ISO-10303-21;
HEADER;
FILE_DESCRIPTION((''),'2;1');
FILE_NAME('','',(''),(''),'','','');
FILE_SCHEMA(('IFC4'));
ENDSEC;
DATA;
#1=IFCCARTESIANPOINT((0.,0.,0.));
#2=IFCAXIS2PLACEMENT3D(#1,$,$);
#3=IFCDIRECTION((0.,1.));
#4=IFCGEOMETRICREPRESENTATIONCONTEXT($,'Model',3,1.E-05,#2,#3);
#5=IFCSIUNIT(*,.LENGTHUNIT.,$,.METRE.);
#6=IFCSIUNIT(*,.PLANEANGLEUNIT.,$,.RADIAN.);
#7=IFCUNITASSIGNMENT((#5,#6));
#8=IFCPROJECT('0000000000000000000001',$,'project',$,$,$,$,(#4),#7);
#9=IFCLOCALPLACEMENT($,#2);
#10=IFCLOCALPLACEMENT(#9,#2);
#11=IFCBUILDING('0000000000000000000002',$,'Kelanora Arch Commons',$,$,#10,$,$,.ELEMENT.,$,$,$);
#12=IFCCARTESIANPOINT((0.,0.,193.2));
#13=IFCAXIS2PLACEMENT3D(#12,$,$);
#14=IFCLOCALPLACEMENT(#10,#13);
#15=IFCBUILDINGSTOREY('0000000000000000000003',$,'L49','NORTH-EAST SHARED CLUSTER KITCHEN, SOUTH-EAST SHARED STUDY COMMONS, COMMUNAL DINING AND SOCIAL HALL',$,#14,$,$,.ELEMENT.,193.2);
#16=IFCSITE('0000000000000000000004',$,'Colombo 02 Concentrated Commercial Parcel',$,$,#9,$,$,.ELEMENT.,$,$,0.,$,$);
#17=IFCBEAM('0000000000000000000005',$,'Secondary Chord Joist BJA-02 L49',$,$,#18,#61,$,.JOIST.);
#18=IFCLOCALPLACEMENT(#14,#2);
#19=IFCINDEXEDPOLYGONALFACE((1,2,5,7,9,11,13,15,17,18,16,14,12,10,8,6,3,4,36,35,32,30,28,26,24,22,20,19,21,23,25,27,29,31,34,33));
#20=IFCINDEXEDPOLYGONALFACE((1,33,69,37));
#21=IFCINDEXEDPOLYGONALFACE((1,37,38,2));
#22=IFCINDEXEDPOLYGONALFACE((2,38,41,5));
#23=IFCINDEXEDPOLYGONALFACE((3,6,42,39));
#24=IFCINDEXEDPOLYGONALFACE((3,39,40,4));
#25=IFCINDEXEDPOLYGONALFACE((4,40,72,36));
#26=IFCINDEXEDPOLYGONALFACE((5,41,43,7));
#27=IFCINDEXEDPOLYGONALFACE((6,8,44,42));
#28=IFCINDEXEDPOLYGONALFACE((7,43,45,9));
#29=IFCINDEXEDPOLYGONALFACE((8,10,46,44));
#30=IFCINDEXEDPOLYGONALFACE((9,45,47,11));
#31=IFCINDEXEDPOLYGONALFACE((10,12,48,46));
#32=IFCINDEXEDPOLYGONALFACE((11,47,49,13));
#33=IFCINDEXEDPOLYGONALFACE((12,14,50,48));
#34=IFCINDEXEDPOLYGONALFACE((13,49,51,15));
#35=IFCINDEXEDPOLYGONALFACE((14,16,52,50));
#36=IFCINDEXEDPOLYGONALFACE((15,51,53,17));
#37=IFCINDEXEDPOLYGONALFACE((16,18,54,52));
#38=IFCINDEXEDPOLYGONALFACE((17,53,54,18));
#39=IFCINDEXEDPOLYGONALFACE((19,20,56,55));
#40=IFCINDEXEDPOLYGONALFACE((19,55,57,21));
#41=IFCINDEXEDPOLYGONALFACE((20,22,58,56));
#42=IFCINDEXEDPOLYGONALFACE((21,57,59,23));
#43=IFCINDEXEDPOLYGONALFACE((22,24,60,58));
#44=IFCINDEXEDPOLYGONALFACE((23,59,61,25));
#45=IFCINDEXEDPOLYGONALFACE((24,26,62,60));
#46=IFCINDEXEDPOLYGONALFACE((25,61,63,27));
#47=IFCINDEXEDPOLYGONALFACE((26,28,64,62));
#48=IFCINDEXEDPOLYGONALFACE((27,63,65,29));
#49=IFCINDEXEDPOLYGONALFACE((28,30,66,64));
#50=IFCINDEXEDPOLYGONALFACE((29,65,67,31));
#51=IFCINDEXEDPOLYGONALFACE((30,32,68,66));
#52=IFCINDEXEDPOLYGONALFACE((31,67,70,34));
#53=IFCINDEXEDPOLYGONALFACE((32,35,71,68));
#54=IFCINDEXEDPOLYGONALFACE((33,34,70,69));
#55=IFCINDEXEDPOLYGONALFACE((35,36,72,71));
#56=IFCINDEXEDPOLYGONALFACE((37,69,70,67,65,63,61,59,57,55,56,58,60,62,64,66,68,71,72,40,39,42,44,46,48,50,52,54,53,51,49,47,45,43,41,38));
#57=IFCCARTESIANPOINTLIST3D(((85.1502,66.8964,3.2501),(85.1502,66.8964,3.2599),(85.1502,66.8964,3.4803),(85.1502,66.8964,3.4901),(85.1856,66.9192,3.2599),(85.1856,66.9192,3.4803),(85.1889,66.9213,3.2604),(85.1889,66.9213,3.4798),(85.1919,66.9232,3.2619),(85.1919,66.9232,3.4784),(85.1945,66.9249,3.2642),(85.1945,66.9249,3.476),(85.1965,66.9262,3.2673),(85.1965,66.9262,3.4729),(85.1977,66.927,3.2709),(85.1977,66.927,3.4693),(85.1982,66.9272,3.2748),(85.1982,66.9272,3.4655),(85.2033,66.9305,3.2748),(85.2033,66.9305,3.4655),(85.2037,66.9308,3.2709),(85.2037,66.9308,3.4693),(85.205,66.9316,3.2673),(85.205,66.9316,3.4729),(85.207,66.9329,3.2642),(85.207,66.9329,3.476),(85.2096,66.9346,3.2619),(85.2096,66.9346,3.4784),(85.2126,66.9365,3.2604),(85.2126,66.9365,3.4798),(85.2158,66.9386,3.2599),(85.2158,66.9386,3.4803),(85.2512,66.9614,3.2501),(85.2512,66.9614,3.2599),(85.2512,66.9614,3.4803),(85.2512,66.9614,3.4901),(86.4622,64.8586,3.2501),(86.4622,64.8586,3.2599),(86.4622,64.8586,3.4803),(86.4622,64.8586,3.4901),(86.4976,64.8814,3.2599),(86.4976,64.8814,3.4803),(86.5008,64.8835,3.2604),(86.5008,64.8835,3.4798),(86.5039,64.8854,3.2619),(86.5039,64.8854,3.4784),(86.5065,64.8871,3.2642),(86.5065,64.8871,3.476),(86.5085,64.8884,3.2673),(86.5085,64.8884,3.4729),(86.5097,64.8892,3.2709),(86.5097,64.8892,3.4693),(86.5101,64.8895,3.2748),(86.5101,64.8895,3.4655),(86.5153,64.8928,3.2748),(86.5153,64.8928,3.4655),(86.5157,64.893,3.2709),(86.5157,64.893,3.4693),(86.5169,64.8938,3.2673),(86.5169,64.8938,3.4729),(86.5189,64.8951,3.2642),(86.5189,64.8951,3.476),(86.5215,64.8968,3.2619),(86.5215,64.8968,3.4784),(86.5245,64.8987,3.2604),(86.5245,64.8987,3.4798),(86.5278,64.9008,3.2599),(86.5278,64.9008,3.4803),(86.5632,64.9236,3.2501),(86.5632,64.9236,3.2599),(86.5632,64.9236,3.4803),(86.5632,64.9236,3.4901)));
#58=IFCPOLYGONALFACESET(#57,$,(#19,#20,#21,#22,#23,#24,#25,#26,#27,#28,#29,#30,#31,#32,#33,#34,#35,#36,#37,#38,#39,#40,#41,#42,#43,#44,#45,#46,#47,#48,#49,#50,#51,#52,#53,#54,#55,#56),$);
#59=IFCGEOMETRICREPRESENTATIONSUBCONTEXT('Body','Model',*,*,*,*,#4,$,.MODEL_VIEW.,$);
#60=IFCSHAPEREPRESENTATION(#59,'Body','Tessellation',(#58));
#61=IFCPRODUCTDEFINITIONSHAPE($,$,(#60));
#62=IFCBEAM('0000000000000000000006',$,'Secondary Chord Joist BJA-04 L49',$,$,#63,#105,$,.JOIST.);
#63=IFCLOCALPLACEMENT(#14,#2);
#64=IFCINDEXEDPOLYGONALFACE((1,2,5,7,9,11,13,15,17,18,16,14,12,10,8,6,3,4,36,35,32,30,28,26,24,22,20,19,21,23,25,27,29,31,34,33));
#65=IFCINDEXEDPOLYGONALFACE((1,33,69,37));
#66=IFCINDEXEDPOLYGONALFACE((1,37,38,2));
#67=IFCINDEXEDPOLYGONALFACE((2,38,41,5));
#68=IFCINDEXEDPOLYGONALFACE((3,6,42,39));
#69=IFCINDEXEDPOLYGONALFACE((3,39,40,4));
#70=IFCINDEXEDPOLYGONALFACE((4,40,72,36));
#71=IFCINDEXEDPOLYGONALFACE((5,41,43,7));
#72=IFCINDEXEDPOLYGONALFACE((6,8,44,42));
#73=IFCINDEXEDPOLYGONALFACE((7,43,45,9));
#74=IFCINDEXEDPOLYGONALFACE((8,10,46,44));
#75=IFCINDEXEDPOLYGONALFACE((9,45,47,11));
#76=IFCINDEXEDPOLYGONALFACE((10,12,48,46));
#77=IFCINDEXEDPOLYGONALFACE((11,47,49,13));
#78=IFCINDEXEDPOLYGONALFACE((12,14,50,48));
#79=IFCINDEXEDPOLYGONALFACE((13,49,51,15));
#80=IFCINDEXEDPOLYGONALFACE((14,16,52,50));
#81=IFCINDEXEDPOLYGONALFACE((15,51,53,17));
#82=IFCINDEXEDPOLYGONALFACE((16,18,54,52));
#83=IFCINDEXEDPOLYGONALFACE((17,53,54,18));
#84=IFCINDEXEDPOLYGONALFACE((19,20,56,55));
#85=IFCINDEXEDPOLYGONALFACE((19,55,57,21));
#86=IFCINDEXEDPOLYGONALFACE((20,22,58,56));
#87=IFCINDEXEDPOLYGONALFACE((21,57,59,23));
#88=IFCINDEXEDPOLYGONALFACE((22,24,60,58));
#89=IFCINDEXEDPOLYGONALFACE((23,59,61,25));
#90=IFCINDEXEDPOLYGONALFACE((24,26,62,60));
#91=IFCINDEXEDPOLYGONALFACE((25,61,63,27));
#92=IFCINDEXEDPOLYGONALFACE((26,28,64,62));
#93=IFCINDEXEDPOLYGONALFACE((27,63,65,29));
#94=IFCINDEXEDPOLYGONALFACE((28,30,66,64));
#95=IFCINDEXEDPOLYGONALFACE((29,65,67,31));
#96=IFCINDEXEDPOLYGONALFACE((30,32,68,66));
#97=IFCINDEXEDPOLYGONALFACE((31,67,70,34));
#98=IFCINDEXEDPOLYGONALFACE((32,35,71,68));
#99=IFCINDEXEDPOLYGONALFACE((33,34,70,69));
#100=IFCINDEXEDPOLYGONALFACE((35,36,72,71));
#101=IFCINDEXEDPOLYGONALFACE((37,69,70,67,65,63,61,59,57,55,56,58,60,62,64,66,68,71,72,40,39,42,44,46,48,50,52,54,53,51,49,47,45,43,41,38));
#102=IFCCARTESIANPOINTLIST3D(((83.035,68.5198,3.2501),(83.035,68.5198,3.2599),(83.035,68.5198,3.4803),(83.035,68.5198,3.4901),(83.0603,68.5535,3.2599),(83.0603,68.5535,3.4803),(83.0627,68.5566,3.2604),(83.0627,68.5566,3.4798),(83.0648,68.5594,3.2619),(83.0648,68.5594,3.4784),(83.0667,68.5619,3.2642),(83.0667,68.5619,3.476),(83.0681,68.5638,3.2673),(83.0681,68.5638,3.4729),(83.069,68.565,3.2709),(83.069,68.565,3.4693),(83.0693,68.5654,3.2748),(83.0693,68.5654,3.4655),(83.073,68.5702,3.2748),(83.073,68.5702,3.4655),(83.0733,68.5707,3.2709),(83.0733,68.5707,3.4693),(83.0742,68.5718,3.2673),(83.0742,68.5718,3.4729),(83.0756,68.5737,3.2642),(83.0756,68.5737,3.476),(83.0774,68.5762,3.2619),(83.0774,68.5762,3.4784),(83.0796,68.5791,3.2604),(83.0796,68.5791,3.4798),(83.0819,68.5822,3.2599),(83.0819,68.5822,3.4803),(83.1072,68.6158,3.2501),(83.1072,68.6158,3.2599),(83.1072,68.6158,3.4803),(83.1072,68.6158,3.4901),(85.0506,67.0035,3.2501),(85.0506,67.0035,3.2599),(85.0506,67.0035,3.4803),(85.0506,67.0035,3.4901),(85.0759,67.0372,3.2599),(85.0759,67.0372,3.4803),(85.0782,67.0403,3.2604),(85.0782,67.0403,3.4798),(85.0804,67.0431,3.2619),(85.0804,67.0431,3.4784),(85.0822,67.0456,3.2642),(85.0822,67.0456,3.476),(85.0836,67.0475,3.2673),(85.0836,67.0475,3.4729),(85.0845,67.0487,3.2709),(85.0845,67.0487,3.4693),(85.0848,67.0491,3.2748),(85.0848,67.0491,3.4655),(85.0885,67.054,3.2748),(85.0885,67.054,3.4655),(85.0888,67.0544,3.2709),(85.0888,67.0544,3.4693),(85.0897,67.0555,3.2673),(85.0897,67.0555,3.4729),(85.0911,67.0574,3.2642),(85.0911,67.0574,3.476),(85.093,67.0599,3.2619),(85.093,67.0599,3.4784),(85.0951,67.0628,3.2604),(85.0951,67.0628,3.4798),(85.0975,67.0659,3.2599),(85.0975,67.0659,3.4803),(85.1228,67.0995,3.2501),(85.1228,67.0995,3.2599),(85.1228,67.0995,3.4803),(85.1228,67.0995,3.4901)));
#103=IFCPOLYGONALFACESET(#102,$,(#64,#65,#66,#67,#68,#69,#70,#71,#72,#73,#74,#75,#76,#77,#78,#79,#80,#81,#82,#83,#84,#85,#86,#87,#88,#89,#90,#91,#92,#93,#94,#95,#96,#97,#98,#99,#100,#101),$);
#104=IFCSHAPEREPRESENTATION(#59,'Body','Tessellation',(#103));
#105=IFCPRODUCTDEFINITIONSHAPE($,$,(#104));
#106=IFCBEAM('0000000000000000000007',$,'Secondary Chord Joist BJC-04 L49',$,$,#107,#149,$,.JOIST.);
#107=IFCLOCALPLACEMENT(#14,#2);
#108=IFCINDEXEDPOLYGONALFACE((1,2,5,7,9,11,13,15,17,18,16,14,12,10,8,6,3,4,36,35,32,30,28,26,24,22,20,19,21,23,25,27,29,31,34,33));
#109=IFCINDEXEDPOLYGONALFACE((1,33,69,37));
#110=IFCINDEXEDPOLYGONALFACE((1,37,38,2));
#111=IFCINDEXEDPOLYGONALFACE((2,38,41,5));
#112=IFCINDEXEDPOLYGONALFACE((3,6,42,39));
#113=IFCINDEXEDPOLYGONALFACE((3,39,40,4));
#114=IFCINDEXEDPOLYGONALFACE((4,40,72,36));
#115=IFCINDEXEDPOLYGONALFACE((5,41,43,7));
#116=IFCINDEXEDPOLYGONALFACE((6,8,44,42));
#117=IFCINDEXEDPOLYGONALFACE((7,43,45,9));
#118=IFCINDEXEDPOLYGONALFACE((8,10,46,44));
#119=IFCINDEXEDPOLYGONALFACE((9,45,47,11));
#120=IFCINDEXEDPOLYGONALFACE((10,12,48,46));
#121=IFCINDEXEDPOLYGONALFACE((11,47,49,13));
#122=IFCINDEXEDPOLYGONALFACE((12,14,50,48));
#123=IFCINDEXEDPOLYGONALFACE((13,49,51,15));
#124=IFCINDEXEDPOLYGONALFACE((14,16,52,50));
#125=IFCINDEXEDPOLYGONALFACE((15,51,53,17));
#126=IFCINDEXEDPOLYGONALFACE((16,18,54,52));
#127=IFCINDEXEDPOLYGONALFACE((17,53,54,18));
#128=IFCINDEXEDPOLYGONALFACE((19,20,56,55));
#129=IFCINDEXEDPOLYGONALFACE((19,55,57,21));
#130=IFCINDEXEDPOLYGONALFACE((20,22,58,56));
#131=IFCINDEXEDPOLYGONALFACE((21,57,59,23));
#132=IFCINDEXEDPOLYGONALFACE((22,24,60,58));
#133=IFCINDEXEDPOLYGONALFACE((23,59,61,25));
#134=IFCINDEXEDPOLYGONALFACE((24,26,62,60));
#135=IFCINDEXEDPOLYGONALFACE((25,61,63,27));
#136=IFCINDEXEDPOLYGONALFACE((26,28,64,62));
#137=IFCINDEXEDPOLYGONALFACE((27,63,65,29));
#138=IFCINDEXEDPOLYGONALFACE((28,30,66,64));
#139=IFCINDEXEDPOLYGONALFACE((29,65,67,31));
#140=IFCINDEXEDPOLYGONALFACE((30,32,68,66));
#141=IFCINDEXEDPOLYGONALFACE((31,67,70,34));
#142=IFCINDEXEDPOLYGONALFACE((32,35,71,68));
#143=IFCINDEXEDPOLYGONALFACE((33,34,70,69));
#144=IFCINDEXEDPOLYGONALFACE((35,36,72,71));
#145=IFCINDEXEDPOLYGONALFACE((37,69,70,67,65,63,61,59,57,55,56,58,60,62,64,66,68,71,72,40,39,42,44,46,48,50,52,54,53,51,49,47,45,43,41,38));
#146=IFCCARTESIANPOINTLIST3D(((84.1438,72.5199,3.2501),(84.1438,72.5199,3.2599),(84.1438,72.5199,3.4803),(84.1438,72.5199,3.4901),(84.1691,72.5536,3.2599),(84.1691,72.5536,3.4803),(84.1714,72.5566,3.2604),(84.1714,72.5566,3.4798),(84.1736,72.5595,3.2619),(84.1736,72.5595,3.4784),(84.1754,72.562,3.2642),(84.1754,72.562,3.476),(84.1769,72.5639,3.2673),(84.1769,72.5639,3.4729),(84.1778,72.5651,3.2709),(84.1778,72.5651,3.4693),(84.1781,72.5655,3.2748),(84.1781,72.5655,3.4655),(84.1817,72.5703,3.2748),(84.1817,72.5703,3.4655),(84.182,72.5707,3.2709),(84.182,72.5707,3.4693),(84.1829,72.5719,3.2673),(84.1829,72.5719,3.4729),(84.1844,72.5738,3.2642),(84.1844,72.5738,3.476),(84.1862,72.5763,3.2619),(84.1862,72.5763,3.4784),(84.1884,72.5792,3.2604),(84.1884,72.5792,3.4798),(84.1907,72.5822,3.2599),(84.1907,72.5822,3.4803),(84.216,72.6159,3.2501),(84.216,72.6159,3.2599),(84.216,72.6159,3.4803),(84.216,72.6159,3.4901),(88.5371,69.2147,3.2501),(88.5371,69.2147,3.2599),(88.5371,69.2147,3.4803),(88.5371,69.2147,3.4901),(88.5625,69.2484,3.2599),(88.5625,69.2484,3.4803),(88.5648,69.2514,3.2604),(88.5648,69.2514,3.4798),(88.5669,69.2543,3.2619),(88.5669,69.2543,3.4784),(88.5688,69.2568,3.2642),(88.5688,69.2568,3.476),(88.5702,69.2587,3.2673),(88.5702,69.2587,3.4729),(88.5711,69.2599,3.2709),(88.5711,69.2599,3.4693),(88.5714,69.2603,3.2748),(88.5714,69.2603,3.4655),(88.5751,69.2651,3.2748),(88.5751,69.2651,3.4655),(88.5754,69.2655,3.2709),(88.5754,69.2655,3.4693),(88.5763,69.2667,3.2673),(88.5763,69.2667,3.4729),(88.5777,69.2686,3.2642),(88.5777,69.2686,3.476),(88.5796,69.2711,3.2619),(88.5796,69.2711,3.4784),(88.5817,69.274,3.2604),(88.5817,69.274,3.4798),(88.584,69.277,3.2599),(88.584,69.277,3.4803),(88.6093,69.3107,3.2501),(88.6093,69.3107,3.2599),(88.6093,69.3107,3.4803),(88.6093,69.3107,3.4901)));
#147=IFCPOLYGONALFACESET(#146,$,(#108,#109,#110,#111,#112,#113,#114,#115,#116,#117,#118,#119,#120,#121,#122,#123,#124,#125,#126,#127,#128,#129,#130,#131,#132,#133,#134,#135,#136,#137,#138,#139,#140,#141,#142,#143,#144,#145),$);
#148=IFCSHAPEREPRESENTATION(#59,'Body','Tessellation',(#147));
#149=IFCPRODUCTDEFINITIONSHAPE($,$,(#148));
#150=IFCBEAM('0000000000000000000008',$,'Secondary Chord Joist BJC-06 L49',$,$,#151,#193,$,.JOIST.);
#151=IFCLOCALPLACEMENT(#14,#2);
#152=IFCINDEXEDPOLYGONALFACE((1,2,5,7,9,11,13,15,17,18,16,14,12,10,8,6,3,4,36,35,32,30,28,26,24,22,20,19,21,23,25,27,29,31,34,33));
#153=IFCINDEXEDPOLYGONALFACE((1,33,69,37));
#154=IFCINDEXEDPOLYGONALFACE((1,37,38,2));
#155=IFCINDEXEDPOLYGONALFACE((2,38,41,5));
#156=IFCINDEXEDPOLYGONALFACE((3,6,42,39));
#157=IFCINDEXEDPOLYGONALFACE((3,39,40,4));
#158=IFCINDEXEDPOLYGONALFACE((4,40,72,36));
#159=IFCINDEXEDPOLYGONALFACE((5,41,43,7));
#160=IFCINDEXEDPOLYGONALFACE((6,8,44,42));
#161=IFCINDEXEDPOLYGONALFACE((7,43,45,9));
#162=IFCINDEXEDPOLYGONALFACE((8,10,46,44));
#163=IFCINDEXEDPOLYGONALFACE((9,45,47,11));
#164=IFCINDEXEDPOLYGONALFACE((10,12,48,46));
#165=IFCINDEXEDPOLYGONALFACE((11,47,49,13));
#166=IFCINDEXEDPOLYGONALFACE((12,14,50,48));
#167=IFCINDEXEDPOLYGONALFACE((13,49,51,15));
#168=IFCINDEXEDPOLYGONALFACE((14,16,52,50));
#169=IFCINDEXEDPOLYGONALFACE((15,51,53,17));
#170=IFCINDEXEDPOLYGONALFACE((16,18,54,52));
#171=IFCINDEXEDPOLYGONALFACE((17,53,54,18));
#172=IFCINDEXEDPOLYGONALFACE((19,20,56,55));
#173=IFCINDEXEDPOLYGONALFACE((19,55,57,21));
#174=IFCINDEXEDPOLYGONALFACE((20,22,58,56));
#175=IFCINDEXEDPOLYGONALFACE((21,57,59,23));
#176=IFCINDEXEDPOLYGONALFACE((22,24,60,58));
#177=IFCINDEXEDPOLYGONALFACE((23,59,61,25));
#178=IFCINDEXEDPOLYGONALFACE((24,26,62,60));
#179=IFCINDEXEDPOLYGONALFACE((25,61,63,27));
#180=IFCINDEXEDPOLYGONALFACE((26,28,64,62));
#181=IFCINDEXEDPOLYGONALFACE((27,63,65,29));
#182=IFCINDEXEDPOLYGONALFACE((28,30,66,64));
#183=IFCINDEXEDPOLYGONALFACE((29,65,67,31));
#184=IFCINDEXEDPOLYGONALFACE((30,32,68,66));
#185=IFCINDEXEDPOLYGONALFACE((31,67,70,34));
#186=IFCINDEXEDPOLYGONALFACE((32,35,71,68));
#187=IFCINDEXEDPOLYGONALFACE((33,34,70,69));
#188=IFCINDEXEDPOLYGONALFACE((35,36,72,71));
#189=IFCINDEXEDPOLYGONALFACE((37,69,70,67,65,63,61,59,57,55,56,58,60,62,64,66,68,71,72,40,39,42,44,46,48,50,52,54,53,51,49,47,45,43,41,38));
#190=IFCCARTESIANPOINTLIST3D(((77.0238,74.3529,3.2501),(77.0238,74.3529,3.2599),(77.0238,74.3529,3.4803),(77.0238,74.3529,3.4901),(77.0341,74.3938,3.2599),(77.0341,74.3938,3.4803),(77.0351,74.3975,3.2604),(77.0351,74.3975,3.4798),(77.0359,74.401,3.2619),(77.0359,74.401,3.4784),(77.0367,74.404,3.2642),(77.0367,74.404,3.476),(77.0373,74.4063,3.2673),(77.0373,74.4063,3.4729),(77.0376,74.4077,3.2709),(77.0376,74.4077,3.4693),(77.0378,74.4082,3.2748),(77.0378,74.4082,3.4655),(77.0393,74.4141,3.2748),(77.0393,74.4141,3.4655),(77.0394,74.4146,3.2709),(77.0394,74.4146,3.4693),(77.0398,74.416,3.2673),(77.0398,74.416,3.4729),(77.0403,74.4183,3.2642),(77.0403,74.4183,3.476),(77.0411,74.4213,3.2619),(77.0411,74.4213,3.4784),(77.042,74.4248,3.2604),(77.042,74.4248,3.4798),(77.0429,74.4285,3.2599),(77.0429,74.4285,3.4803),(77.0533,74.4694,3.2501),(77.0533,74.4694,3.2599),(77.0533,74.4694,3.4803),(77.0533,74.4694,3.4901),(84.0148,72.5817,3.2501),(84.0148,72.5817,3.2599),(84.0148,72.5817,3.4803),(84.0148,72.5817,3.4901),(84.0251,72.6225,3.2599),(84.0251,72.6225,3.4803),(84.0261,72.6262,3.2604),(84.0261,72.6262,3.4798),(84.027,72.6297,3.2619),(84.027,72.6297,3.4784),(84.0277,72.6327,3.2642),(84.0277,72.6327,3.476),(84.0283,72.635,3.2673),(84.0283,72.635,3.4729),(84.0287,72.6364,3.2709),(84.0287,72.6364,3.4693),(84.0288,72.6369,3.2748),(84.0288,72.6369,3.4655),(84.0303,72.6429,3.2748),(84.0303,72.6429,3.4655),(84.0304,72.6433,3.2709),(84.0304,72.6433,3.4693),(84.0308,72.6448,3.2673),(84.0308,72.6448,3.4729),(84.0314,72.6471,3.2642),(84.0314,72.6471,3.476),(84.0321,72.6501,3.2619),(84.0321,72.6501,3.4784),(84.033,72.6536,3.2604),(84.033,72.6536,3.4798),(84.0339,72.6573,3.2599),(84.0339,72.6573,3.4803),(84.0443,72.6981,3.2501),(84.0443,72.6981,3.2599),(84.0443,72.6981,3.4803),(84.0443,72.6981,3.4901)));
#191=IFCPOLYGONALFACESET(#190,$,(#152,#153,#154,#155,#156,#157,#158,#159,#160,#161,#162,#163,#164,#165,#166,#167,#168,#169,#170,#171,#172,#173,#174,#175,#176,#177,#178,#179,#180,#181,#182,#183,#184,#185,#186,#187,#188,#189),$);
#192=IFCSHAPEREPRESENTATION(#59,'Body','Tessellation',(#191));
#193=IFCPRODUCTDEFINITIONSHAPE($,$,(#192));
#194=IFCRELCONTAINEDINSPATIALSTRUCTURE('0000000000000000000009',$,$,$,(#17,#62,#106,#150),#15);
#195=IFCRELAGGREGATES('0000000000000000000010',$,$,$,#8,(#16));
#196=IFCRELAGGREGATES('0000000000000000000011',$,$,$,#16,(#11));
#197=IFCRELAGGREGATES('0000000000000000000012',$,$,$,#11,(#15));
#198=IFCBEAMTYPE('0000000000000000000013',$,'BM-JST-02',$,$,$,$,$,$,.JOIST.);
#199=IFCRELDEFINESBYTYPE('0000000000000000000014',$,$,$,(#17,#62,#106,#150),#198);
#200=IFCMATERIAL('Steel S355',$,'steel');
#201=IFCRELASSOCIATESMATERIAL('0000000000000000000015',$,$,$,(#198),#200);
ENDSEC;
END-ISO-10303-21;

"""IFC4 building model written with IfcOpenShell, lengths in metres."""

from ifc_helpers import new_model, si_unit, direction, frame, origin, origin_2d, place, context, subcontext, project, spatial, i_section, extrude, material, material_profile, profile_set, type_object, element, save


model = new_model("IFC4")

# Units and contexts
model_context = context("Model", 3, precision=1e-05, world=origin(), true_north=direction((0.0, 1.0)))
body_context = subcontext(model_context, "Body", "Model", "MODEL_VIEW")
ifc_project = project(units=[si_unit("LENGTHUNIT", "METRE"), si_unit("PLANEANGLEUNIT", "RADIAN")], contexts=[model_context])

# Site, building, storey
site_placement = place(None, origin())
site = spatial("IfcSite", under=ifc_project, at=site_placement, Name="Colombo 02 Concentrated Commercial Parcel", CompositionType="ELEMENT", RefElevation=0.0)
building_placement = place(site_placement, origin())
building = spatial("IfcBuilding", under=site, at=building_placement, Name="Kelanora Arch Commons", CompositionType="ELEMENT")
storey_placement = place(building_placement, frame((0.0, 0.0, 193.2)))
storey = spatial("IfcBuildingStorey", under=building, at=storey_placement, Name="L49", Description="NORTH-EAST SHARED CLUSTER KITCHEN, SOUTH-EAST SHARED STUDY COMMONS, COMMUNAL DINING AND SOCIAL HALL", CompositionType="ELEMENT", Elevation=193.2)

# Beams
ifc_material_1 = material(Name="Steel S355", Category="steel")
ifc_material_profile_1 = material_profile(ifc_material_1, i_section(OverallWidth=0.1201, OverallDepth=0.24, WebThickness=0.0061, FlangeThickness=0.0098, FilletRadius=0.0149, at=origin_2d()), Name="IPE240")
ifc_profile_set_1 = profile_set([ifc_material_profile_1], Name="Steel S355")
beam_type_1 = type_object("IfcBeamType", Name="BM-JST-02", PredefinedType="JOIST", material=ifc_profile_set_1)
beam_1_placement = place(storey_placement, frame((86.5127, 64.8911, 3.3701), z_axis=(-0.541333, 0.840808, 0.0), x_axis=(-0.840808, -0.541333, 0.0)))
element("IfcBeam", 1, at=beam_1_placement, inside=storey, type_object=beam_type_1, Name="Secondary Chord Joist BJA-02 L49", PredefinedType="JOIST", context=body_context, shape_type="SweptSolid", body=[
    extrude(i_section(OverallWidth=0.1201, OverallDepth=0.24, WebThickness=0.0061, FlangeThickness=0.0098, FilletRadius=0.0149, at=origin_2d()), origin(), (0.0, 0.0, 1.0), 2.4236),
])
beam_2_placement = place(storey_placement, frame((85.0867, 67.0515, 3.3701), z_axis=(-0.799116, 0.601176, 0.0), x_axis=(-0.601176, -0.799116, 0.0)))
element("IfcBeam", 2, at=beam_2_placement, inside=storey, type_object=beam_type_1, Name="Secondary Chord Joist BJA-04 L49", PredefinedType="JOIST", context=body_context, shape_type="SweptSolid", body=[
    extrude(i_section(OverallWidth=0.1201, OverallDepth=0.24, WebThickness=0.0061, FlangeThickness=0.0098, FilletRadius=0.0149, at=origin_2d()), origin(), (0.0, 0.0, 1.0), 2.5222),
])
beam_3_placement = place(storey_placement, frame((88.5732, 69.2627, 3.3701), z_axis=(-0.799109, 0.601186, 0.0), x_axis=(-0.601186, -0.799109, 0.0)))
element("IfcBeam", 3, at=beam_3_placement, inside=storey, type_object=beam_type_1, Name="Secondary Chord Joist BJC-04 L49", PredefinedType="JOIST", context=body_context, shape_type="SweptSolid", body=[
    extrude(i_section(OverallWidth=0.1201, OverallDepth=0.24, WebThickness=0.0061, FlangeThickness=0.0098, FilletRadius=0.0149, at=origin_2d()), origin(), (0.0, 0.0, 1.0), 5.4978),
])
beam_4_placement = place(storey_placement, frame((84.0295, 72.6399, 3.3701), z_axis=(-0.969371, 0.245601, 0.0), x_axis=(-0.245601, -0.969371, 0.0)))
element("IfcBeam", 4, at=beam_4_placement, inside=storey, type_object=beam_type_1, Name="Secondary Chord Joist BJC-06 L49", PredefinedType="JOIST", context=body_context, shape_type="SweptSolid", body=[
    extrude(i_section(OverallWidth=0.1201, OverallDepth=0.24, WebThickness=0.0061, FlangeThickness=0.0098, FilletRadius=0.0149, at=origin_2d()), origin(), (0.0, 0.0, 1.0), 7.2119),
])

save(model, "model.ifc")
